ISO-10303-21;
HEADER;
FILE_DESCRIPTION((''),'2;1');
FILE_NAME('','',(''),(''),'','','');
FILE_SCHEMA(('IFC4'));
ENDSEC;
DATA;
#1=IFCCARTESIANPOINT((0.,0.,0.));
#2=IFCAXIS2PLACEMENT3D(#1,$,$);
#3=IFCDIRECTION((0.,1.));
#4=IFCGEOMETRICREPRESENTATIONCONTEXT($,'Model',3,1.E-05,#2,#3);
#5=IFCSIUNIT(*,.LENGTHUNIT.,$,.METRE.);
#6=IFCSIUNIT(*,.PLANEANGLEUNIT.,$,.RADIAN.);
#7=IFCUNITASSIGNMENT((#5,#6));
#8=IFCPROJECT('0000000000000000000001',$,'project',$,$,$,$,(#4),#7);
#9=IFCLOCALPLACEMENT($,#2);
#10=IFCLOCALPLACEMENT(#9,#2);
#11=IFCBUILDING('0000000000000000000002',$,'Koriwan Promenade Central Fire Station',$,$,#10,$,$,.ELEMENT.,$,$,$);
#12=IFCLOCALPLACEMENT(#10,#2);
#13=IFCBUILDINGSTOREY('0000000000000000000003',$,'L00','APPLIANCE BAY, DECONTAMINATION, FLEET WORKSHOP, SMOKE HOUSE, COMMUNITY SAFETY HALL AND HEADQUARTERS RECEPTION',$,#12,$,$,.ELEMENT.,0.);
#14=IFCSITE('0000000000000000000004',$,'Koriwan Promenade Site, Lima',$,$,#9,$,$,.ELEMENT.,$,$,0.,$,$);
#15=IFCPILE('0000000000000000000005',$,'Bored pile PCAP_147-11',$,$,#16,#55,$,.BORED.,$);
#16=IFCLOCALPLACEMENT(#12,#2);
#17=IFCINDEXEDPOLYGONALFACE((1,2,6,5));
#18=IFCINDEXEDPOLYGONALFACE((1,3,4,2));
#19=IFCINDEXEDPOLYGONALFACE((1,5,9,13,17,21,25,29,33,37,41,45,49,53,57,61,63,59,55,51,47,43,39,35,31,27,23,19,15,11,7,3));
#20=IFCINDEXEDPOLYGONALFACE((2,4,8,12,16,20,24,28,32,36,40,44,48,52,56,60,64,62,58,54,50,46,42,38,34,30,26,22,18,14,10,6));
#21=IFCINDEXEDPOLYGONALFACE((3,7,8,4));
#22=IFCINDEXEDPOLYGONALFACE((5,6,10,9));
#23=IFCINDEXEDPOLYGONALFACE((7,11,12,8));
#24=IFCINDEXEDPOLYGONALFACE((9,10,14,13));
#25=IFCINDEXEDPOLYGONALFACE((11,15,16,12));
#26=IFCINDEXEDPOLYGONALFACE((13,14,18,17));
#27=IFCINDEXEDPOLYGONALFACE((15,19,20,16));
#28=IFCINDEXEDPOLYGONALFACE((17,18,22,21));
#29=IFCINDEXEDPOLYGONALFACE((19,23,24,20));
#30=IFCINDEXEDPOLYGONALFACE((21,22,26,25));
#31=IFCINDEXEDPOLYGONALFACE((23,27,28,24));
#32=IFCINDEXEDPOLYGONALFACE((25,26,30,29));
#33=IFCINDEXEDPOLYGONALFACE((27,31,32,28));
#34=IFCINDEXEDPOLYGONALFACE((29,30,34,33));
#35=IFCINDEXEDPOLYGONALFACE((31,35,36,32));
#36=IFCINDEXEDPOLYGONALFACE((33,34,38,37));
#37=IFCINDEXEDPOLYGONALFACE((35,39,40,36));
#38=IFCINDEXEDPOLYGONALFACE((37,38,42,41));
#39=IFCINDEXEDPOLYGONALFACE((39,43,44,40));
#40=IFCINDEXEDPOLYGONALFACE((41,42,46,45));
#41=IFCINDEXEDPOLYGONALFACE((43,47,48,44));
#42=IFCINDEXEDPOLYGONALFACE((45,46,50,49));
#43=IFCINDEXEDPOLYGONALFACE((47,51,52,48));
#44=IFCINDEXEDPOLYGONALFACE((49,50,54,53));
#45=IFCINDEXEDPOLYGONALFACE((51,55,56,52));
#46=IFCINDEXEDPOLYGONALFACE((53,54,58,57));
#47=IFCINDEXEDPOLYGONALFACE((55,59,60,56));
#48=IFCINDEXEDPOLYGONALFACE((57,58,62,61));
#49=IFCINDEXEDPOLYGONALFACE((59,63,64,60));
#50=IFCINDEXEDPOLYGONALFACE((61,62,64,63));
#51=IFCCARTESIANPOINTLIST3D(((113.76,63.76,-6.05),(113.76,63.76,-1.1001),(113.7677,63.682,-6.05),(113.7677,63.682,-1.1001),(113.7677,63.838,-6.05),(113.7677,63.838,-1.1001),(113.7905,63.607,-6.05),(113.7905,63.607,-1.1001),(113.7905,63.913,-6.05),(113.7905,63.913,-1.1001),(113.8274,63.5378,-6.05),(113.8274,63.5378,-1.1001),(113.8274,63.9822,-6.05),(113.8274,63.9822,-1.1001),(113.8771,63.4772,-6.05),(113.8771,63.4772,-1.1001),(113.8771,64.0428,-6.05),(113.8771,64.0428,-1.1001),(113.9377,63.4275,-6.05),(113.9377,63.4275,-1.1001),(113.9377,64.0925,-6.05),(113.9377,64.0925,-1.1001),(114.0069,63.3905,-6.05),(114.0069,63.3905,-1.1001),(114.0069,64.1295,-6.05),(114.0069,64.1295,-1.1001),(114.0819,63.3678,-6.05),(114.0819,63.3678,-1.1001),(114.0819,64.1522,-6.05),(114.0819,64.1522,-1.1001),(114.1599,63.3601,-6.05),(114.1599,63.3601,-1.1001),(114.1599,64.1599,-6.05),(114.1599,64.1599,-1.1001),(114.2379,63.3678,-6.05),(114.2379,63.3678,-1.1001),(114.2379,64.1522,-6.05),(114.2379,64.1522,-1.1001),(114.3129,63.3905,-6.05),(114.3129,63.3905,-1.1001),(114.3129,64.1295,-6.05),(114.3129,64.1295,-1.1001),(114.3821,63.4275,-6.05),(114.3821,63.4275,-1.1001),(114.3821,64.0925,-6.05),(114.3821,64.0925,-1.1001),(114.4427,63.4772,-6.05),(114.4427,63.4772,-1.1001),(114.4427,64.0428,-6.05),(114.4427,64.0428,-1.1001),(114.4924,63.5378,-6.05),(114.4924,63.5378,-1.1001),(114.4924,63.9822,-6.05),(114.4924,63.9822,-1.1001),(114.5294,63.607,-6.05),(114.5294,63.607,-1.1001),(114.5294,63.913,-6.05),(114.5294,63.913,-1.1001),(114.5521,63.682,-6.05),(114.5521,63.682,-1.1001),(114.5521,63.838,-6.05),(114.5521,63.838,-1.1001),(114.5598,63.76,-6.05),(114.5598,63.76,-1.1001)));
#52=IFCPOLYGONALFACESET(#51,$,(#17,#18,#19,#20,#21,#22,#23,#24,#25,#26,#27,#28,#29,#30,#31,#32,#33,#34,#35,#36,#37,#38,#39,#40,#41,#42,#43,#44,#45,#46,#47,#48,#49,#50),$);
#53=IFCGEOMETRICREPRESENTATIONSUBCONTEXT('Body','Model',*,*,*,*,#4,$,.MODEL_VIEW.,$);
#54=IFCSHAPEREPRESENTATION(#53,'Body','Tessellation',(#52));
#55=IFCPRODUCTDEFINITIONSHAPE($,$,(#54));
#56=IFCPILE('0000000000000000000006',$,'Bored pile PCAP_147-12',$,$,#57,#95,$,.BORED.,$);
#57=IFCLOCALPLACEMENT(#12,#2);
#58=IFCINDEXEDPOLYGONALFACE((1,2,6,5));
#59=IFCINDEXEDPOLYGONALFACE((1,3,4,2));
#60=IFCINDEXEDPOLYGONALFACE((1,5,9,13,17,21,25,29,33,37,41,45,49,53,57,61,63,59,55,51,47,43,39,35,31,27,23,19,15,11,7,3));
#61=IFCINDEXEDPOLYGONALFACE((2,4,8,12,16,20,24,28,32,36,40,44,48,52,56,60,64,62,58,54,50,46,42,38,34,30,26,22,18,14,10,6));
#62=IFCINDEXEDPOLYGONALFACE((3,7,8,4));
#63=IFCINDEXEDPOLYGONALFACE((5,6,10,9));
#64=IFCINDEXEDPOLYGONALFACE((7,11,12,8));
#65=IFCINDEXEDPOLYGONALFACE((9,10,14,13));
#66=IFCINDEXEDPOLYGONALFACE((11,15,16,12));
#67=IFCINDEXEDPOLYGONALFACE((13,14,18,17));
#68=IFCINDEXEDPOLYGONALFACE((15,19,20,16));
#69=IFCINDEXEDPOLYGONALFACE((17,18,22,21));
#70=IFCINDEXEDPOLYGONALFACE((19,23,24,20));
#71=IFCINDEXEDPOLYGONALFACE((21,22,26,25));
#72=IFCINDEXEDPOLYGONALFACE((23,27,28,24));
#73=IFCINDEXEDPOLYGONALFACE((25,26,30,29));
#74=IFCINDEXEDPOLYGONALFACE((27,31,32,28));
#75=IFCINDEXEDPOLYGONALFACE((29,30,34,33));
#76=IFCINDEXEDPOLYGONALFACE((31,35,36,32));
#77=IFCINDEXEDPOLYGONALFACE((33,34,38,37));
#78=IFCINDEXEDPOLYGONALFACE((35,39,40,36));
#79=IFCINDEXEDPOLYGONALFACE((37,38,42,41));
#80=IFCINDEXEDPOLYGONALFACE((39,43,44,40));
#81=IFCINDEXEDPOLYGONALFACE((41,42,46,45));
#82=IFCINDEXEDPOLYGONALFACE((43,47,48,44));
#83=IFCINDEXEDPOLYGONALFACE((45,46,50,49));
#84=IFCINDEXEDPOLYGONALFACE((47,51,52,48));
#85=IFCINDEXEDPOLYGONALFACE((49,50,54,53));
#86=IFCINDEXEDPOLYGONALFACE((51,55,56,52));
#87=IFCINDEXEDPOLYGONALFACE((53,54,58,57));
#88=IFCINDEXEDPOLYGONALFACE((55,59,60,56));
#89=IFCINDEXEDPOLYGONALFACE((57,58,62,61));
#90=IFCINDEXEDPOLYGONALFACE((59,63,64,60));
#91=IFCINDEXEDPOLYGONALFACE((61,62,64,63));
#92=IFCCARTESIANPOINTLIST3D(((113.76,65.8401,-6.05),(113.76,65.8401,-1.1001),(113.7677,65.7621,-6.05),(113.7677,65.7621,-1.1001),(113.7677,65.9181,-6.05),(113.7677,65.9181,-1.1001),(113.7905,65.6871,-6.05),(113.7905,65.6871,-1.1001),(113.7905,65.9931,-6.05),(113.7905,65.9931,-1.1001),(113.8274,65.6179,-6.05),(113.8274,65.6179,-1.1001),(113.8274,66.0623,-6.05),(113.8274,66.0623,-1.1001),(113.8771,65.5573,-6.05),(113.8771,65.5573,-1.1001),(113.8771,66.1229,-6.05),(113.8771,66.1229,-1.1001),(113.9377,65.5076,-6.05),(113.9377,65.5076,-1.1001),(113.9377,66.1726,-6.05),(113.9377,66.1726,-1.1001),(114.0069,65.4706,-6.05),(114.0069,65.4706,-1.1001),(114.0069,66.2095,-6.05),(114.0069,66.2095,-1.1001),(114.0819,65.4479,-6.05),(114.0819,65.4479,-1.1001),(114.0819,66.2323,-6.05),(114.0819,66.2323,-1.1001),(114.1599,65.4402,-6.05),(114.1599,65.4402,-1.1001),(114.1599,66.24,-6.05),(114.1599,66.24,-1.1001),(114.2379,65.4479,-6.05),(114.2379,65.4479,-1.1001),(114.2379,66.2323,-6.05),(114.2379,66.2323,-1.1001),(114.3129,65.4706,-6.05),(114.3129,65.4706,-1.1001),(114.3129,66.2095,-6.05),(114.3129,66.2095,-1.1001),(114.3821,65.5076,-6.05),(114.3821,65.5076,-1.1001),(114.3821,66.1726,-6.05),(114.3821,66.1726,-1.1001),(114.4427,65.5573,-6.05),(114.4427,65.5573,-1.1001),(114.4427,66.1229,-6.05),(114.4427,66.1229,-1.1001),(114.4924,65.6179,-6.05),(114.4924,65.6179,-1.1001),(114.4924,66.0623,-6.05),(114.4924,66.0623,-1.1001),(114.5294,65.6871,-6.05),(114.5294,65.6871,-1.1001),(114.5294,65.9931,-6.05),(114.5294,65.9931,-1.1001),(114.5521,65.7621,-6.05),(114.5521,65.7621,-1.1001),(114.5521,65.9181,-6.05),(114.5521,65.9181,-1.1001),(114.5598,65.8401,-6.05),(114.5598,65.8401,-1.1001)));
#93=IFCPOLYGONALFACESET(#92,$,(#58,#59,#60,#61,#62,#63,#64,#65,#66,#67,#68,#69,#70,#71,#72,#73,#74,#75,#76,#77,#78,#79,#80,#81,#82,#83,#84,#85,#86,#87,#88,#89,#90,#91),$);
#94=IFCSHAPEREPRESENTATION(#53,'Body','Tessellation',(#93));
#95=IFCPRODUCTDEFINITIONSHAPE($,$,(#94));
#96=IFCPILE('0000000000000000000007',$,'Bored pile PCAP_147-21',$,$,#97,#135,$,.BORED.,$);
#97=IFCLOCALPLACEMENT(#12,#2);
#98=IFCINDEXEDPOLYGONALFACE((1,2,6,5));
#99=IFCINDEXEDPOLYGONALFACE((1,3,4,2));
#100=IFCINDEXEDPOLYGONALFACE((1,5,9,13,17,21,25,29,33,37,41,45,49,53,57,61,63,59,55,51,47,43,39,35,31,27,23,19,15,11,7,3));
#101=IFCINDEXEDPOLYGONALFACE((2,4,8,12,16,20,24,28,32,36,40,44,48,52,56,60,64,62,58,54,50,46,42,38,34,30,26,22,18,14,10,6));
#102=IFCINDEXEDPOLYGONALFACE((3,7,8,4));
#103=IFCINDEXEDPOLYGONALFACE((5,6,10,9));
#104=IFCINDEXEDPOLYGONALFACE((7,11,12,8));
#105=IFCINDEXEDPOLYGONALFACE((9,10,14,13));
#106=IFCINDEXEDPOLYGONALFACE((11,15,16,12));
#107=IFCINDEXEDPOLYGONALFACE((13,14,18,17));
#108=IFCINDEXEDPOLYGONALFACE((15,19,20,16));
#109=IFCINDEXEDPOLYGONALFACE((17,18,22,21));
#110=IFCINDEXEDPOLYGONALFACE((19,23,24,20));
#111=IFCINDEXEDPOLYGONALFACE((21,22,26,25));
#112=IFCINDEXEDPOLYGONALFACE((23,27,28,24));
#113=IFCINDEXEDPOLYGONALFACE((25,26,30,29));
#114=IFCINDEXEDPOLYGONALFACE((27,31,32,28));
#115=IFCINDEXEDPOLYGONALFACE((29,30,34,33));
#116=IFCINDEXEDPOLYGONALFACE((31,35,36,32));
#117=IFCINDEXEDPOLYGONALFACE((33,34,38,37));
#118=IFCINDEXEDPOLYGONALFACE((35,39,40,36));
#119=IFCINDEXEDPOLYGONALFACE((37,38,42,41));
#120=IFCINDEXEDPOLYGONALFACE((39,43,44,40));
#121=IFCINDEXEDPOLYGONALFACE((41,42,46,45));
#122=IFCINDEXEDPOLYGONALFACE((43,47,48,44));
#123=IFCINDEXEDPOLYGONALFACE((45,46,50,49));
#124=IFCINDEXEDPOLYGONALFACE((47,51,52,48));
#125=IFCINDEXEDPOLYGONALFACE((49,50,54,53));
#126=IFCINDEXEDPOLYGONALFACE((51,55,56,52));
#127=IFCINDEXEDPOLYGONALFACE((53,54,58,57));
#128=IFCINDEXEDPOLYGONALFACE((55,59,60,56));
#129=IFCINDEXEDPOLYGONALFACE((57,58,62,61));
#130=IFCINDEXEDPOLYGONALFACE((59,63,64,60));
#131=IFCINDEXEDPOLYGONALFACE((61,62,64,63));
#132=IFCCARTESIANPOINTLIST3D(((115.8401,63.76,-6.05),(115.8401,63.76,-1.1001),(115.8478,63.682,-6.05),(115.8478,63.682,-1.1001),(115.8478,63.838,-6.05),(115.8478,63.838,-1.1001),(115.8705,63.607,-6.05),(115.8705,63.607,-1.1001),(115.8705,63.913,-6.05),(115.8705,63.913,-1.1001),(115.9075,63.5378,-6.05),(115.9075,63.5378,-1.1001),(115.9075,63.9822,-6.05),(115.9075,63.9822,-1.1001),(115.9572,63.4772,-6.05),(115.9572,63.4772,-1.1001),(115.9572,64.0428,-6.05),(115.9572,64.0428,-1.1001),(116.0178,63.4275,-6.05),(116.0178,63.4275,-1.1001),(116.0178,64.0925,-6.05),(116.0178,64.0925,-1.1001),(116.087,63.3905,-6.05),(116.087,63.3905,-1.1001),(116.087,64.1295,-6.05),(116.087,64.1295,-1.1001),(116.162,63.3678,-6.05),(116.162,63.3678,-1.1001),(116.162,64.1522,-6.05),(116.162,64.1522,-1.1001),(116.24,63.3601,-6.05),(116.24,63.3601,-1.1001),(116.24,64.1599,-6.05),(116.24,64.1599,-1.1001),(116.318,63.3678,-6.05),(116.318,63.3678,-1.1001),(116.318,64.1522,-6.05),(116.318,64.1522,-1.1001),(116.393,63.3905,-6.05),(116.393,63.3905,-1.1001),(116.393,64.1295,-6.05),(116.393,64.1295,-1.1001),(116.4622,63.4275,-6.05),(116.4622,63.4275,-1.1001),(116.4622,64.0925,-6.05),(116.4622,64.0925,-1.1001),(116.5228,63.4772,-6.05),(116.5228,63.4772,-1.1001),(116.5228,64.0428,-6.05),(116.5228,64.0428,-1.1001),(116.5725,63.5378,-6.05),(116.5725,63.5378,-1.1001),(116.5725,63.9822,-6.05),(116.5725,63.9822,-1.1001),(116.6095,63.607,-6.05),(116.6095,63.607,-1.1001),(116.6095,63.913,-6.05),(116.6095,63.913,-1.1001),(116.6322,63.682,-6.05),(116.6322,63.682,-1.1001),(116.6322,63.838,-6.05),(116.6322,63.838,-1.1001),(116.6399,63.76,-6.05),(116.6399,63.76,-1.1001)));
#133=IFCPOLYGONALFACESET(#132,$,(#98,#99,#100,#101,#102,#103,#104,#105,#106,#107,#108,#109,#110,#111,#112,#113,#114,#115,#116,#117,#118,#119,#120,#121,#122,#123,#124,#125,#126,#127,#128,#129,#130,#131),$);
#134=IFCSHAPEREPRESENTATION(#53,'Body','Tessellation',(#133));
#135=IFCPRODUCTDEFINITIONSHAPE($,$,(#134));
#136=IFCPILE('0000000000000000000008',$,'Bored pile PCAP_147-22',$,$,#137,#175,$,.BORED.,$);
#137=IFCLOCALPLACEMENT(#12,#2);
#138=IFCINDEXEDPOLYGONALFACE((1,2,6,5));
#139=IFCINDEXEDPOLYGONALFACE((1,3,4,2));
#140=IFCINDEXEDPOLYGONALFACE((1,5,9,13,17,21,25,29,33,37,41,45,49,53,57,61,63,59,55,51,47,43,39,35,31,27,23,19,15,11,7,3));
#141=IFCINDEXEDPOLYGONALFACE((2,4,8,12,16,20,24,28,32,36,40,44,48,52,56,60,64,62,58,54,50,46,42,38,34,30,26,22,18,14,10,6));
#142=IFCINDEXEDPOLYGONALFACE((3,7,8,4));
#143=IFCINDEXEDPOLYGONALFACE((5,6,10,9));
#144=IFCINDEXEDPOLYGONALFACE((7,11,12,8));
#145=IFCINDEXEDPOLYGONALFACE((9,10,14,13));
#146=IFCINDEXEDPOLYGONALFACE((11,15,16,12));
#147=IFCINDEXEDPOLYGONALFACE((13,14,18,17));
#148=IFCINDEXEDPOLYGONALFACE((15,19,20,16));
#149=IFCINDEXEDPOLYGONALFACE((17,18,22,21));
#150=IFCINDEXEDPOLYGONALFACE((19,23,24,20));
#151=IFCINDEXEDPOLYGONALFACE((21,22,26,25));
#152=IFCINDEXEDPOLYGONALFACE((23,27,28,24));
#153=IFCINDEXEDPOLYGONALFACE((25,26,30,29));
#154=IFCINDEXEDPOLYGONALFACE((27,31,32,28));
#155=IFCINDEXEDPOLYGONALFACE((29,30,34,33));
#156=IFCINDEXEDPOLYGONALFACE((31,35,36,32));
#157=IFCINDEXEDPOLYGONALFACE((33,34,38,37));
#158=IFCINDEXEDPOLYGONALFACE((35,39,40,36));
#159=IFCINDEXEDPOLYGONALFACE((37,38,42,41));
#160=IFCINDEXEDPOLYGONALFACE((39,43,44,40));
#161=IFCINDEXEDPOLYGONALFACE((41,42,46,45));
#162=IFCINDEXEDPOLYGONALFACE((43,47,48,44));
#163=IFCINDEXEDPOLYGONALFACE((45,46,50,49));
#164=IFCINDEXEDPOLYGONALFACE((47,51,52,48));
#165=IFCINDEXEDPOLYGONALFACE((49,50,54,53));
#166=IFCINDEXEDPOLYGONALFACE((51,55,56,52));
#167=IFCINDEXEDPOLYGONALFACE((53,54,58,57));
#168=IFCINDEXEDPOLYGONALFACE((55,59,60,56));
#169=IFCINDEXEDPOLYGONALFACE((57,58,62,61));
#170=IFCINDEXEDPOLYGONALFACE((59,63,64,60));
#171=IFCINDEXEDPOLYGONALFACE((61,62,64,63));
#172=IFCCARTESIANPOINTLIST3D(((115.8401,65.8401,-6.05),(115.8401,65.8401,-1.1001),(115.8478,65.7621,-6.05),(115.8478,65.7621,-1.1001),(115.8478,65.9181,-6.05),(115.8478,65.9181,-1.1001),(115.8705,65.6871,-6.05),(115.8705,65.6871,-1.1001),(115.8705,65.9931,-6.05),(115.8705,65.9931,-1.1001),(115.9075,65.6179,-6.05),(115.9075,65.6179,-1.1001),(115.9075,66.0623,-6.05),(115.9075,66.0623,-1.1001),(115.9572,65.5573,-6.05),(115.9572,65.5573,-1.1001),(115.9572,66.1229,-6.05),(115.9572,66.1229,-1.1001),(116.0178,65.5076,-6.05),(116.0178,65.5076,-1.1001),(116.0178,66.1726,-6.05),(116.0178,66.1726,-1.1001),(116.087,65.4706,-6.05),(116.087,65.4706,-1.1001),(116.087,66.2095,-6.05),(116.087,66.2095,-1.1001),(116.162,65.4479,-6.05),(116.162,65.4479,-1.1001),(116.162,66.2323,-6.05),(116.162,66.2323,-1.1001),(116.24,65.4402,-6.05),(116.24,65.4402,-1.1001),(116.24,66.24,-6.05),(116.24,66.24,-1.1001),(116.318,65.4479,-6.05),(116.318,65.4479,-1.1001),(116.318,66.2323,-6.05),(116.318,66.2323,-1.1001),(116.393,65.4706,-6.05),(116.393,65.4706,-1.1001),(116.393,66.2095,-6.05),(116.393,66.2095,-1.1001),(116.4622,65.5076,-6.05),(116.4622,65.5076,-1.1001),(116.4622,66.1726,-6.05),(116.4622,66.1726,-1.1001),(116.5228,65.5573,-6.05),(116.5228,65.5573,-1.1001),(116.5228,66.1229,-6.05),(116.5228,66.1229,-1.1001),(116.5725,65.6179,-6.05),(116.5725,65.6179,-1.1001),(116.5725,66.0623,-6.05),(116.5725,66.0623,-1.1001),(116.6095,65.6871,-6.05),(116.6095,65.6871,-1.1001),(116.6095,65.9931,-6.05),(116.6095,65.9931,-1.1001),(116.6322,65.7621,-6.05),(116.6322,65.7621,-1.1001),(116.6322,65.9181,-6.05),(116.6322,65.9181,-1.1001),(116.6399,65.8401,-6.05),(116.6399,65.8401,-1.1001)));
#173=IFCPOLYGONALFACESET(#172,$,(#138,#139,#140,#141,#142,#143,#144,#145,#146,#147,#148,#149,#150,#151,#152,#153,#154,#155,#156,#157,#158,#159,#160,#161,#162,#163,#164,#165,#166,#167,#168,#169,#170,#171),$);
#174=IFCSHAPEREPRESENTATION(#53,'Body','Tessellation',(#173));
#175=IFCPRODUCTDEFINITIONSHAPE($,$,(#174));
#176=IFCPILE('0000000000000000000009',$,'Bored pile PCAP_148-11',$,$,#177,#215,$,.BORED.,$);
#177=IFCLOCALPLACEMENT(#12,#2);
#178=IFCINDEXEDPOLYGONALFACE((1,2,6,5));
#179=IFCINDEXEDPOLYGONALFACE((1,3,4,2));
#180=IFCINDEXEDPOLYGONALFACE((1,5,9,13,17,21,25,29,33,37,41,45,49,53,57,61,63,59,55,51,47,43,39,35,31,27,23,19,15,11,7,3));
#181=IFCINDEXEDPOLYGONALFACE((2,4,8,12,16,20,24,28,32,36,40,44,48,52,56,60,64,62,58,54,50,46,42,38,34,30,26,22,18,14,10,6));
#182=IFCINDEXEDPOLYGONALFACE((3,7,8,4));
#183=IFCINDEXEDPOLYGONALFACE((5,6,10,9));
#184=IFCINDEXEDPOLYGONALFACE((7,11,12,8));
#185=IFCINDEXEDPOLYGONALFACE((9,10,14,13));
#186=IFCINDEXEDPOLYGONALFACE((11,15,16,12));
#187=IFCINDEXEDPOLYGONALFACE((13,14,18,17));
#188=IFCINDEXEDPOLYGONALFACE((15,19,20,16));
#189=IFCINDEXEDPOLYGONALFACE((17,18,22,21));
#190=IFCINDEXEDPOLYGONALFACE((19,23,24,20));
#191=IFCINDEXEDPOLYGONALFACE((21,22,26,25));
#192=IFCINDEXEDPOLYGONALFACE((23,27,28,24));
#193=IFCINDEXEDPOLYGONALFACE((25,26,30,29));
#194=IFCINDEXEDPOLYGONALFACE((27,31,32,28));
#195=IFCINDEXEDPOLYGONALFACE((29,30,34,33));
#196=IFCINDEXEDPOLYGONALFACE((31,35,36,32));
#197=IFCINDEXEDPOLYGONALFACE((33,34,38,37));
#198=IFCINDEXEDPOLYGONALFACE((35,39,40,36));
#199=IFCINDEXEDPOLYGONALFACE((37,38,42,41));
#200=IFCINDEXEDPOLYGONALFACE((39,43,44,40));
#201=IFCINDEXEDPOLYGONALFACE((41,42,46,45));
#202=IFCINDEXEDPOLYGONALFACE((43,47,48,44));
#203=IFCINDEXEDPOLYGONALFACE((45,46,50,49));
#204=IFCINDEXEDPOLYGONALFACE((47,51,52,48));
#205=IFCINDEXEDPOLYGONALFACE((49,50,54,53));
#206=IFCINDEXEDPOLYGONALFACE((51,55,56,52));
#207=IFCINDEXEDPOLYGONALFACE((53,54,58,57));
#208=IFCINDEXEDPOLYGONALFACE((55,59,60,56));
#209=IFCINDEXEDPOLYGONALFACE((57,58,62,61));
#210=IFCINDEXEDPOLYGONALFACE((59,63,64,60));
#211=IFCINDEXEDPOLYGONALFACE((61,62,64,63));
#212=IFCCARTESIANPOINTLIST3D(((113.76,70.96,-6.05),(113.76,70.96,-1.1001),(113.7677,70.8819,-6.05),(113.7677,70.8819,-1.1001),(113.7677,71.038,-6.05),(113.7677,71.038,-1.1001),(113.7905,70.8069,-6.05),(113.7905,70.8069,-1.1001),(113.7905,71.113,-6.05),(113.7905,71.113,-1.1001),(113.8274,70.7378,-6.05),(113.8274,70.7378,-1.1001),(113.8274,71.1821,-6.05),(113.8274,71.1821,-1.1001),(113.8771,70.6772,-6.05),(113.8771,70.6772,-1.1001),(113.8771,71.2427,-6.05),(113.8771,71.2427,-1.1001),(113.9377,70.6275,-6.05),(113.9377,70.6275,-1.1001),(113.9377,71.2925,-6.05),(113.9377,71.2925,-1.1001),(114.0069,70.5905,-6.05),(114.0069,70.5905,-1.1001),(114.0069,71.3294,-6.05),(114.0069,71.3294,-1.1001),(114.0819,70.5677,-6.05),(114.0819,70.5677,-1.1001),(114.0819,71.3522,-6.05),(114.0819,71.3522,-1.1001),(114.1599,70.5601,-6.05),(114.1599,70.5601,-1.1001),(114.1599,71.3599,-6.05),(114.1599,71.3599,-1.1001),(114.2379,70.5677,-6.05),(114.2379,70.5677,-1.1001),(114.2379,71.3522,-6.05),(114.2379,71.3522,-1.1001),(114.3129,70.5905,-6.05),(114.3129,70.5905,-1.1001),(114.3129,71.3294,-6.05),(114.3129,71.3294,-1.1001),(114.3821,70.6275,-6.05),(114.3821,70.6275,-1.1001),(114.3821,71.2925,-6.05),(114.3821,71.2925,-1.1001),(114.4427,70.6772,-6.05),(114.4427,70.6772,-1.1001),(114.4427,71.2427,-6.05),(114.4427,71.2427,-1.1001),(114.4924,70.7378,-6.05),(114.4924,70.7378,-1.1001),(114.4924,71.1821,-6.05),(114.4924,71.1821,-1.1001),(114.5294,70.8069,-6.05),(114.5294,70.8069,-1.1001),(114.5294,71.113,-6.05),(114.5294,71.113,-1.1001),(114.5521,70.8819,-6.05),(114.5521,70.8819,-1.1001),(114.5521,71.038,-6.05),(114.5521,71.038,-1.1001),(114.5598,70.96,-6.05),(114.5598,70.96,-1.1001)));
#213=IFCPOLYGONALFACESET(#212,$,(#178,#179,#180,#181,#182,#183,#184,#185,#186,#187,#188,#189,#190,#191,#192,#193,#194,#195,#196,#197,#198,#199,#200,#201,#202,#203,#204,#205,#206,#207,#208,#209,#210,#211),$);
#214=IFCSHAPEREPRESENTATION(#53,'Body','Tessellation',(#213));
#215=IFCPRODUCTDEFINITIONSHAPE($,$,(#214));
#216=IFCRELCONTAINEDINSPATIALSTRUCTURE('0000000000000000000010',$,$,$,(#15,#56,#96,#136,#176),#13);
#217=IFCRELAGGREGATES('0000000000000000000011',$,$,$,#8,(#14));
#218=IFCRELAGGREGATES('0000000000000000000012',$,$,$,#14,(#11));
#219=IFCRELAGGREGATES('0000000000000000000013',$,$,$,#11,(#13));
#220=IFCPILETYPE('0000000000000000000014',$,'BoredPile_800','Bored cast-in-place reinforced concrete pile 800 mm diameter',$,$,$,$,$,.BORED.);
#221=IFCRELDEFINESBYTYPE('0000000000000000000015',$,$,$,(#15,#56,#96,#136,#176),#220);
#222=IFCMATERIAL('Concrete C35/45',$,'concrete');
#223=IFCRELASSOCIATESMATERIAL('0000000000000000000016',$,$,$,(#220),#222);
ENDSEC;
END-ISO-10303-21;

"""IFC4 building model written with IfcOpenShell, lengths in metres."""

from ifc_helpers import new_model, si_unit, direction, frame, origin, origin_2d, place, context, subcontext, project, spatial, circle, extrude, material, material_profile, profile_set, type_object, element, save


model = new_model("IFC4")

# Units and contexts
model_context = context("Model", 3, precision=1e-05, world=origin(), true_north=direction((0.0, 1.0)))
body_context = subcontext(model_context, "Body", "Model", "MODEL_VIEW")
ifc_project = project(units=[si_unit("LENGTHUNIT", "METRE"), si_unit("PLANEANGLEUNIT", "RADIAN")], contexts=[model_context])

# Site, building, storey
site_placement = place(None, origin())
site = spatial("IfcSite", under=ifc_project, at=site_placement, Name="Koriwan Promenade Site, Lima", CompositionType="ELEMENT", RefElevation=0.0)
building_placement = place(site_placement, origin())
building = spatial("IfcBuilding", under=site, at=building_placement, Name="Koriwan Promenade Central Fire Station", CompositionType="ELEMENT")
storey_placement = place(building_placement, origin())
storey = spatial("IfcBuildingStorey", under=building, at=storey_placement, Name="L00", Description="APPLIANCE BAY, DECONTAMINATION, FLEET WORKSHOP, SMOKE HOUSE, COMMUNITY SAFETY HALL AND HEADQUARTERS RECEPTION", CompositionType="ELEMENT", Elevation=0.0)

# Piles
ifc_material_1 = material(Name="Concrete C35/45", Category="concrete")
ifc_material_profile_1 = material_profile(ifc_material_1, circle(Radius=0.3999, at=origin_2d()), Name="PILE-D800")
ifc_profile_set_1 = profile_set([ifc_material_profile_1], Name="Concrete C35/45")
pile_type = type_object("IfcPileType", Name="BoredPile_800", Description="Bored cast-in-place reinforced concrete pile 800 mm diameter", PredefinedType="BORED", material=ifc_profile_set_1)
for number, where, z_axis, x_axis, name in (
    (1, (114.1599, 63.76, -1.1001), (0.0, 0.0, -1.0), (1.0, 0.0, 0.0), "Bored pile PCAP_147-11"),
    (2, (114.1599, 65.8401, -1.1001), (0.0, 0.0, -1.0), (1.0, 0.0, 0.0), "Bored pile PCAP_147-12"),
    (3, (116.24, 63.76, -1.1001), (0.0, 0.0, -1.0), (1.0, 0.0, 0.0), "Bored pile PCAP_147-21"),
    (4, (116.24, 65.8401, -1.1001), (0.0, 0.0, -1.0), (1.0, 0.0, 0.0), "Bored pile PCAP_147-22"),
    (5, (114.1599, 70.96, -1.1001), (0.0, 0.0, -1.0), (1.0, 0.0, 0.0), "Bored pile PCAP_148-11"),
):
    element("IfcPile", number, at=place(storey_placement, frame(where, z_axis=z_axis, x_axis=x_axis)), inside=storey, type_object=pile_type, Name=name, PredefinedType="BORED", context=body_context, shape_type="SweptSolid", body=[
        extrude(circle(Radius=0.3999, at=origin_2d()), origin(), (0.0, 0.0, 1.0), 4.95),
    ])

save(model, "model.ifc")
